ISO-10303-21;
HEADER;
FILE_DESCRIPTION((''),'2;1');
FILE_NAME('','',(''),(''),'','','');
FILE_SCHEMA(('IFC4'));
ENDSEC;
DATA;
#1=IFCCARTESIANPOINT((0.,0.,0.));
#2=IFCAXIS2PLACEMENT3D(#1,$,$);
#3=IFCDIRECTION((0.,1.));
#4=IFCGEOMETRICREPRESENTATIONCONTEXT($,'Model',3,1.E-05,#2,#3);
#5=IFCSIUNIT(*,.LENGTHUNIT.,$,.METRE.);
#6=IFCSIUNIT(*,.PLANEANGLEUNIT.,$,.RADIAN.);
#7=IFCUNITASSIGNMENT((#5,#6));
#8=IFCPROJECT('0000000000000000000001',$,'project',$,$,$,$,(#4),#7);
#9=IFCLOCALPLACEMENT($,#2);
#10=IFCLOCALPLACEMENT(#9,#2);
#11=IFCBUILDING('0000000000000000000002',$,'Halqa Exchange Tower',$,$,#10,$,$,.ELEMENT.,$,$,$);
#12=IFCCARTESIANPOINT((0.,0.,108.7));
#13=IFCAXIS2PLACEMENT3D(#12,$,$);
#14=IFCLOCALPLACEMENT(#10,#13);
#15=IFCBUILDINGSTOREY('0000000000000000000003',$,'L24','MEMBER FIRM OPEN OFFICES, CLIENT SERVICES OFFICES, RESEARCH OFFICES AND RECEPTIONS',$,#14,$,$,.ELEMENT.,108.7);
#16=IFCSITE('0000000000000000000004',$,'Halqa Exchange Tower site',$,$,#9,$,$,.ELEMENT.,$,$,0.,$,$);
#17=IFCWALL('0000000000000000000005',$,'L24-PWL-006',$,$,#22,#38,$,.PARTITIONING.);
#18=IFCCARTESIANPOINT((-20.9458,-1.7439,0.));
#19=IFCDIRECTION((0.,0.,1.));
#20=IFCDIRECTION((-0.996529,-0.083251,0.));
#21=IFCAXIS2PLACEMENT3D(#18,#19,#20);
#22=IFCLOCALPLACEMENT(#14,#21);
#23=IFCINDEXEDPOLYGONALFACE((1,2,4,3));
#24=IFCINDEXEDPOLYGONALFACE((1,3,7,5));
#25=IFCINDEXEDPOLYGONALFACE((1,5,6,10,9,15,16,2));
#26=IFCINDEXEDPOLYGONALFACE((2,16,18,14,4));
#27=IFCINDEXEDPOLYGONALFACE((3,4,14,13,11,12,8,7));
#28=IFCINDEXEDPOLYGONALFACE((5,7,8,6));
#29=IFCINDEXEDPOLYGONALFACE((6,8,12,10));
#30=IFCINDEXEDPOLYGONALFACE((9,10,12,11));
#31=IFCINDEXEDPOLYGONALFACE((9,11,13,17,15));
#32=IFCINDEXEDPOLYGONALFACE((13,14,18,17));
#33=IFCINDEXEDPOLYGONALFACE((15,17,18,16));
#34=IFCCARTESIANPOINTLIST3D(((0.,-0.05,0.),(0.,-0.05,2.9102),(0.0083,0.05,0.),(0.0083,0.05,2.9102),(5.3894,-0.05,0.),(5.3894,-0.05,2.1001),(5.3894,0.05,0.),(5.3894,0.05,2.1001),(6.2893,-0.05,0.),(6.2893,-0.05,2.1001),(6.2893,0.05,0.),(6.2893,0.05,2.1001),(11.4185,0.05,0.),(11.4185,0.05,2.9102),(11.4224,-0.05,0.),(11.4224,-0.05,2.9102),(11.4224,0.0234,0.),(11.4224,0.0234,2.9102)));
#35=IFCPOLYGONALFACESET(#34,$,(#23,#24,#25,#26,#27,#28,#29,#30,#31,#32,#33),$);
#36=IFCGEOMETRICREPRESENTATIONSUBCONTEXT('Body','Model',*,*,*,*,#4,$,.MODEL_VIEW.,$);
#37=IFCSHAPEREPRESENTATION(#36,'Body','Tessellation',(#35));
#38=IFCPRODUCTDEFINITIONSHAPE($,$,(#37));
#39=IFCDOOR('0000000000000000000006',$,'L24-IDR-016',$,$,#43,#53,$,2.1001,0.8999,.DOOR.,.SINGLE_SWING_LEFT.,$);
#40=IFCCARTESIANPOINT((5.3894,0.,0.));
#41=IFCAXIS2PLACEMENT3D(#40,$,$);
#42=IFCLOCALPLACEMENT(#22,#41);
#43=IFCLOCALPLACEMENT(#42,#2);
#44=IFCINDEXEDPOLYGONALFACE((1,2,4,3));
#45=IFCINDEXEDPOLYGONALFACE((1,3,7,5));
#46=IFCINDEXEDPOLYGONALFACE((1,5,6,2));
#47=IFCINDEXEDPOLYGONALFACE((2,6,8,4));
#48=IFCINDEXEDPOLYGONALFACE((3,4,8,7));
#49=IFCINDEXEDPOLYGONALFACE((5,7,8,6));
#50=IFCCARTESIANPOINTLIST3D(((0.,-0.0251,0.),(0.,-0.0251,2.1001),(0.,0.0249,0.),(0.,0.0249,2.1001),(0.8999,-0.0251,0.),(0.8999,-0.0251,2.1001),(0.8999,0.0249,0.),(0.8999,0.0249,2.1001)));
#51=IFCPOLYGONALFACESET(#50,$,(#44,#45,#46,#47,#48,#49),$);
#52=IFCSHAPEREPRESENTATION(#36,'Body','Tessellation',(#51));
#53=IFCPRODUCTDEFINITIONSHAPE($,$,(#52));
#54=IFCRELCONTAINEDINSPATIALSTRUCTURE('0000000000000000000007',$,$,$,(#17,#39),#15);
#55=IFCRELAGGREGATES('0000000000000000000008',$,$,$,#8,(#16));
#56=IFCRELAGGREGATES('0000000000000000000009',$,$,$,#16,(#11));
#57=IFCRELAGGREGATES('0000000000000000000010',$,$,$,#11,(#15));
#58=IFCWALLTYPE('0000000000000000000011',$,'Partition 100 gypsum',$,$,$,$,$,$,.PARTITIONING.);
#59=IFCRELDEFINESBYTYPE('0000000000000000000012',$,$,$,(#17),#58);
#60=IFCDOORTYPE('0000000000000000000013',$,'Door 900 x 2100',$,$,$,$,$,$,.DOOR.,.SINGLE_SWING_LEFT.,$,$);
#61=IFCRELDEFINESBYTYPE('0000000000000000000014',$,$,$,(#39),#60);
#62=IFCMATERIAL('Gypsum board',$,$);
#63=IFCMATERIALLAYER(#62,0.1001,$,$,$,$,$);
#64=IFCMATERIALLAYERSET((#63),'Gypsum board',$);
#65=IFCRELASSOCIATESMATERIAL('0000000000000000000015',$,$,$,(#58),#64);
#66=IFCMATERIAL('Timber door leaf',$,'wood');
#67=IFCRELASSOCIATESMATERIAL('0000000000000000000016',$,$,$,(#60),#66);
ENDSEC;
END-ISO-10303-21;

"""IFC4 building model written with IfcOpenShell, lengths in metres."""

from ifc_helpers import new_model, si_unit, direction, frame, frame_2d, origin, place, context, subcontext, project, spatial, polyline, rectangle, outline, extrude, material, layer, layer_set, type_object, element, fill, save


model = new_model("IFC4")

# Units and contexts
model_context = context("Model", 3, precision=1e-05, world=origin(), true_north=direction((0.0, 1.0)))
body_context = subcontext(model_context, "Body", "Model", "MODEL_VIEW")
ifc_project = project(units=[si_unit("LENGTHUNIT", "METRE"), si_unit("PLANEANGLEUNIT", "RADIAN")], contexts=[model_context])

# Site, building, storey
site_placement = place(None, origin())
site = spatial("IfcSite", under=ifc_project, at=site_placement, Name="Halqa Exchange Tower site", CompositionType="ELEMENT", RefElevation=0.0)
building_placement = place(site_placement, origin())
building = spatial("IfcBuilding", under=site, at=building_placement, Name="Halqa Exchange Tower", CompositionType="ELEMENT")
storey_placement = place(building_placement, frame((0.0, 0.0, 108.7)))
storey = spatial("IfcBuildingStorey", under=building, at=storey_placement, Name="L24", Description="MEMBER FIRM OPEN OFFICES, CLIENT SERVICES OFFICES, RESEARCH OFFICES AND RECEPTIONS", CompositionType="ELEMENT", Elevation=108.7)

# Wall, opening, door
ifc_material_1 = material(Name="Gypsum board")
ifc_layer_1 = layer(ifc_material_1, 0.1001)
ifc_layer_set_1 = layer_set([ifc_layer_1], Name="Gypsum board")
wall_type_1 = type_object("IfcWallType", Name="Partition 100 gypsum", PredefinedType="PARTITIONING", material=ifc_layer_set_1)
wall_1_placement = place(storey_placement, frame((-20.9458, -1.7439, 0.0), z_axis=(0.0, 0.0, 1.0), x_axis=(-0.996529, -0.083251, 0.0)))
wall_1 = element("IfcWall", 1, at=wall_1_placement, inside=storey, type_object=wall_type_1, Name="L24-PWL-006", PredefinedType="PARTITIONING", context=body_context, shape_type="SweptSolid", body=[
    extrude(outline(polyline([(11.4224, -0.05), (11.4224, 0.0234), (11.4185, 0.05), (9.5166, 0.05), (7.615, 0.05), (5.7134, 0.05), (3.8118, 0.05), (1.9102, 0.05), (0.0083, 0.05), (0.0, -0.05), (1.9038, -0.05), (3.8074, -0.05), (5.7112, -0.05), (7.615, -0.05), (9.5186, -0.05), (11.4224, -0.05)])), origin(), (0.0, 0.0, 1.0), 2.9102),
])
opening_1_placement = place(wall_1_placement, frame((5.3894, 0.0, 0.0)))
opening_1 = element("IfcOpeningElement", 2, at=opening_1_placement, cuts=wall_1, PredefinedType="OPENING", context=body_context, shape_type="SweptSolid", body=[
    extrude(rectangle(XDim=0.8999, YDim=2.1001, at=frame_2d((0.45, 1.05))), frame((0.0, 0.062, 0.0), z_axis=(0.0, -1.0, 0.0), x_axis=(1.0, 0.0, 0.0)), (0.0, 0.0, 1.0), 0.124),
])
ifc_material_2 = material(Name="Timber door leaf", Category="wood")
door_type_1 = type_object("IfcDoorType", Name="Door 900 x 2100", OperationType="SINGLE_SWING_LEFT", PredefinedType="DOOR", material=ifc_material_2)
door_1_placement = place(opening_1_placement, origin())
door_1 = element("IfcDoor", 3, at=door_1_placement, inside=storey, type_object=door_type_1, Name="L24-IDR-016", OperationType="SINGLE_SWING_LEFT", OverallHeight=2.1001, OverallWidth=0.8999, PredefinedType="DOOR", context=body_context, shape_type="SweptSolid", body=[
    extrude(rectangle(XDim=0.8999, YDim=2.1001, at=frame_2d((0.45, 1.05))), frame((0.0, 0.0249, 0.0), z_axis=(0.0, -1.0, 0.0), x_axis=(1.0, 0.0, 0.0)), (0.0, 0.0, 1.0), 0.05),
])
fill(opening_1, door_1)

save(model, "model.ifc")
